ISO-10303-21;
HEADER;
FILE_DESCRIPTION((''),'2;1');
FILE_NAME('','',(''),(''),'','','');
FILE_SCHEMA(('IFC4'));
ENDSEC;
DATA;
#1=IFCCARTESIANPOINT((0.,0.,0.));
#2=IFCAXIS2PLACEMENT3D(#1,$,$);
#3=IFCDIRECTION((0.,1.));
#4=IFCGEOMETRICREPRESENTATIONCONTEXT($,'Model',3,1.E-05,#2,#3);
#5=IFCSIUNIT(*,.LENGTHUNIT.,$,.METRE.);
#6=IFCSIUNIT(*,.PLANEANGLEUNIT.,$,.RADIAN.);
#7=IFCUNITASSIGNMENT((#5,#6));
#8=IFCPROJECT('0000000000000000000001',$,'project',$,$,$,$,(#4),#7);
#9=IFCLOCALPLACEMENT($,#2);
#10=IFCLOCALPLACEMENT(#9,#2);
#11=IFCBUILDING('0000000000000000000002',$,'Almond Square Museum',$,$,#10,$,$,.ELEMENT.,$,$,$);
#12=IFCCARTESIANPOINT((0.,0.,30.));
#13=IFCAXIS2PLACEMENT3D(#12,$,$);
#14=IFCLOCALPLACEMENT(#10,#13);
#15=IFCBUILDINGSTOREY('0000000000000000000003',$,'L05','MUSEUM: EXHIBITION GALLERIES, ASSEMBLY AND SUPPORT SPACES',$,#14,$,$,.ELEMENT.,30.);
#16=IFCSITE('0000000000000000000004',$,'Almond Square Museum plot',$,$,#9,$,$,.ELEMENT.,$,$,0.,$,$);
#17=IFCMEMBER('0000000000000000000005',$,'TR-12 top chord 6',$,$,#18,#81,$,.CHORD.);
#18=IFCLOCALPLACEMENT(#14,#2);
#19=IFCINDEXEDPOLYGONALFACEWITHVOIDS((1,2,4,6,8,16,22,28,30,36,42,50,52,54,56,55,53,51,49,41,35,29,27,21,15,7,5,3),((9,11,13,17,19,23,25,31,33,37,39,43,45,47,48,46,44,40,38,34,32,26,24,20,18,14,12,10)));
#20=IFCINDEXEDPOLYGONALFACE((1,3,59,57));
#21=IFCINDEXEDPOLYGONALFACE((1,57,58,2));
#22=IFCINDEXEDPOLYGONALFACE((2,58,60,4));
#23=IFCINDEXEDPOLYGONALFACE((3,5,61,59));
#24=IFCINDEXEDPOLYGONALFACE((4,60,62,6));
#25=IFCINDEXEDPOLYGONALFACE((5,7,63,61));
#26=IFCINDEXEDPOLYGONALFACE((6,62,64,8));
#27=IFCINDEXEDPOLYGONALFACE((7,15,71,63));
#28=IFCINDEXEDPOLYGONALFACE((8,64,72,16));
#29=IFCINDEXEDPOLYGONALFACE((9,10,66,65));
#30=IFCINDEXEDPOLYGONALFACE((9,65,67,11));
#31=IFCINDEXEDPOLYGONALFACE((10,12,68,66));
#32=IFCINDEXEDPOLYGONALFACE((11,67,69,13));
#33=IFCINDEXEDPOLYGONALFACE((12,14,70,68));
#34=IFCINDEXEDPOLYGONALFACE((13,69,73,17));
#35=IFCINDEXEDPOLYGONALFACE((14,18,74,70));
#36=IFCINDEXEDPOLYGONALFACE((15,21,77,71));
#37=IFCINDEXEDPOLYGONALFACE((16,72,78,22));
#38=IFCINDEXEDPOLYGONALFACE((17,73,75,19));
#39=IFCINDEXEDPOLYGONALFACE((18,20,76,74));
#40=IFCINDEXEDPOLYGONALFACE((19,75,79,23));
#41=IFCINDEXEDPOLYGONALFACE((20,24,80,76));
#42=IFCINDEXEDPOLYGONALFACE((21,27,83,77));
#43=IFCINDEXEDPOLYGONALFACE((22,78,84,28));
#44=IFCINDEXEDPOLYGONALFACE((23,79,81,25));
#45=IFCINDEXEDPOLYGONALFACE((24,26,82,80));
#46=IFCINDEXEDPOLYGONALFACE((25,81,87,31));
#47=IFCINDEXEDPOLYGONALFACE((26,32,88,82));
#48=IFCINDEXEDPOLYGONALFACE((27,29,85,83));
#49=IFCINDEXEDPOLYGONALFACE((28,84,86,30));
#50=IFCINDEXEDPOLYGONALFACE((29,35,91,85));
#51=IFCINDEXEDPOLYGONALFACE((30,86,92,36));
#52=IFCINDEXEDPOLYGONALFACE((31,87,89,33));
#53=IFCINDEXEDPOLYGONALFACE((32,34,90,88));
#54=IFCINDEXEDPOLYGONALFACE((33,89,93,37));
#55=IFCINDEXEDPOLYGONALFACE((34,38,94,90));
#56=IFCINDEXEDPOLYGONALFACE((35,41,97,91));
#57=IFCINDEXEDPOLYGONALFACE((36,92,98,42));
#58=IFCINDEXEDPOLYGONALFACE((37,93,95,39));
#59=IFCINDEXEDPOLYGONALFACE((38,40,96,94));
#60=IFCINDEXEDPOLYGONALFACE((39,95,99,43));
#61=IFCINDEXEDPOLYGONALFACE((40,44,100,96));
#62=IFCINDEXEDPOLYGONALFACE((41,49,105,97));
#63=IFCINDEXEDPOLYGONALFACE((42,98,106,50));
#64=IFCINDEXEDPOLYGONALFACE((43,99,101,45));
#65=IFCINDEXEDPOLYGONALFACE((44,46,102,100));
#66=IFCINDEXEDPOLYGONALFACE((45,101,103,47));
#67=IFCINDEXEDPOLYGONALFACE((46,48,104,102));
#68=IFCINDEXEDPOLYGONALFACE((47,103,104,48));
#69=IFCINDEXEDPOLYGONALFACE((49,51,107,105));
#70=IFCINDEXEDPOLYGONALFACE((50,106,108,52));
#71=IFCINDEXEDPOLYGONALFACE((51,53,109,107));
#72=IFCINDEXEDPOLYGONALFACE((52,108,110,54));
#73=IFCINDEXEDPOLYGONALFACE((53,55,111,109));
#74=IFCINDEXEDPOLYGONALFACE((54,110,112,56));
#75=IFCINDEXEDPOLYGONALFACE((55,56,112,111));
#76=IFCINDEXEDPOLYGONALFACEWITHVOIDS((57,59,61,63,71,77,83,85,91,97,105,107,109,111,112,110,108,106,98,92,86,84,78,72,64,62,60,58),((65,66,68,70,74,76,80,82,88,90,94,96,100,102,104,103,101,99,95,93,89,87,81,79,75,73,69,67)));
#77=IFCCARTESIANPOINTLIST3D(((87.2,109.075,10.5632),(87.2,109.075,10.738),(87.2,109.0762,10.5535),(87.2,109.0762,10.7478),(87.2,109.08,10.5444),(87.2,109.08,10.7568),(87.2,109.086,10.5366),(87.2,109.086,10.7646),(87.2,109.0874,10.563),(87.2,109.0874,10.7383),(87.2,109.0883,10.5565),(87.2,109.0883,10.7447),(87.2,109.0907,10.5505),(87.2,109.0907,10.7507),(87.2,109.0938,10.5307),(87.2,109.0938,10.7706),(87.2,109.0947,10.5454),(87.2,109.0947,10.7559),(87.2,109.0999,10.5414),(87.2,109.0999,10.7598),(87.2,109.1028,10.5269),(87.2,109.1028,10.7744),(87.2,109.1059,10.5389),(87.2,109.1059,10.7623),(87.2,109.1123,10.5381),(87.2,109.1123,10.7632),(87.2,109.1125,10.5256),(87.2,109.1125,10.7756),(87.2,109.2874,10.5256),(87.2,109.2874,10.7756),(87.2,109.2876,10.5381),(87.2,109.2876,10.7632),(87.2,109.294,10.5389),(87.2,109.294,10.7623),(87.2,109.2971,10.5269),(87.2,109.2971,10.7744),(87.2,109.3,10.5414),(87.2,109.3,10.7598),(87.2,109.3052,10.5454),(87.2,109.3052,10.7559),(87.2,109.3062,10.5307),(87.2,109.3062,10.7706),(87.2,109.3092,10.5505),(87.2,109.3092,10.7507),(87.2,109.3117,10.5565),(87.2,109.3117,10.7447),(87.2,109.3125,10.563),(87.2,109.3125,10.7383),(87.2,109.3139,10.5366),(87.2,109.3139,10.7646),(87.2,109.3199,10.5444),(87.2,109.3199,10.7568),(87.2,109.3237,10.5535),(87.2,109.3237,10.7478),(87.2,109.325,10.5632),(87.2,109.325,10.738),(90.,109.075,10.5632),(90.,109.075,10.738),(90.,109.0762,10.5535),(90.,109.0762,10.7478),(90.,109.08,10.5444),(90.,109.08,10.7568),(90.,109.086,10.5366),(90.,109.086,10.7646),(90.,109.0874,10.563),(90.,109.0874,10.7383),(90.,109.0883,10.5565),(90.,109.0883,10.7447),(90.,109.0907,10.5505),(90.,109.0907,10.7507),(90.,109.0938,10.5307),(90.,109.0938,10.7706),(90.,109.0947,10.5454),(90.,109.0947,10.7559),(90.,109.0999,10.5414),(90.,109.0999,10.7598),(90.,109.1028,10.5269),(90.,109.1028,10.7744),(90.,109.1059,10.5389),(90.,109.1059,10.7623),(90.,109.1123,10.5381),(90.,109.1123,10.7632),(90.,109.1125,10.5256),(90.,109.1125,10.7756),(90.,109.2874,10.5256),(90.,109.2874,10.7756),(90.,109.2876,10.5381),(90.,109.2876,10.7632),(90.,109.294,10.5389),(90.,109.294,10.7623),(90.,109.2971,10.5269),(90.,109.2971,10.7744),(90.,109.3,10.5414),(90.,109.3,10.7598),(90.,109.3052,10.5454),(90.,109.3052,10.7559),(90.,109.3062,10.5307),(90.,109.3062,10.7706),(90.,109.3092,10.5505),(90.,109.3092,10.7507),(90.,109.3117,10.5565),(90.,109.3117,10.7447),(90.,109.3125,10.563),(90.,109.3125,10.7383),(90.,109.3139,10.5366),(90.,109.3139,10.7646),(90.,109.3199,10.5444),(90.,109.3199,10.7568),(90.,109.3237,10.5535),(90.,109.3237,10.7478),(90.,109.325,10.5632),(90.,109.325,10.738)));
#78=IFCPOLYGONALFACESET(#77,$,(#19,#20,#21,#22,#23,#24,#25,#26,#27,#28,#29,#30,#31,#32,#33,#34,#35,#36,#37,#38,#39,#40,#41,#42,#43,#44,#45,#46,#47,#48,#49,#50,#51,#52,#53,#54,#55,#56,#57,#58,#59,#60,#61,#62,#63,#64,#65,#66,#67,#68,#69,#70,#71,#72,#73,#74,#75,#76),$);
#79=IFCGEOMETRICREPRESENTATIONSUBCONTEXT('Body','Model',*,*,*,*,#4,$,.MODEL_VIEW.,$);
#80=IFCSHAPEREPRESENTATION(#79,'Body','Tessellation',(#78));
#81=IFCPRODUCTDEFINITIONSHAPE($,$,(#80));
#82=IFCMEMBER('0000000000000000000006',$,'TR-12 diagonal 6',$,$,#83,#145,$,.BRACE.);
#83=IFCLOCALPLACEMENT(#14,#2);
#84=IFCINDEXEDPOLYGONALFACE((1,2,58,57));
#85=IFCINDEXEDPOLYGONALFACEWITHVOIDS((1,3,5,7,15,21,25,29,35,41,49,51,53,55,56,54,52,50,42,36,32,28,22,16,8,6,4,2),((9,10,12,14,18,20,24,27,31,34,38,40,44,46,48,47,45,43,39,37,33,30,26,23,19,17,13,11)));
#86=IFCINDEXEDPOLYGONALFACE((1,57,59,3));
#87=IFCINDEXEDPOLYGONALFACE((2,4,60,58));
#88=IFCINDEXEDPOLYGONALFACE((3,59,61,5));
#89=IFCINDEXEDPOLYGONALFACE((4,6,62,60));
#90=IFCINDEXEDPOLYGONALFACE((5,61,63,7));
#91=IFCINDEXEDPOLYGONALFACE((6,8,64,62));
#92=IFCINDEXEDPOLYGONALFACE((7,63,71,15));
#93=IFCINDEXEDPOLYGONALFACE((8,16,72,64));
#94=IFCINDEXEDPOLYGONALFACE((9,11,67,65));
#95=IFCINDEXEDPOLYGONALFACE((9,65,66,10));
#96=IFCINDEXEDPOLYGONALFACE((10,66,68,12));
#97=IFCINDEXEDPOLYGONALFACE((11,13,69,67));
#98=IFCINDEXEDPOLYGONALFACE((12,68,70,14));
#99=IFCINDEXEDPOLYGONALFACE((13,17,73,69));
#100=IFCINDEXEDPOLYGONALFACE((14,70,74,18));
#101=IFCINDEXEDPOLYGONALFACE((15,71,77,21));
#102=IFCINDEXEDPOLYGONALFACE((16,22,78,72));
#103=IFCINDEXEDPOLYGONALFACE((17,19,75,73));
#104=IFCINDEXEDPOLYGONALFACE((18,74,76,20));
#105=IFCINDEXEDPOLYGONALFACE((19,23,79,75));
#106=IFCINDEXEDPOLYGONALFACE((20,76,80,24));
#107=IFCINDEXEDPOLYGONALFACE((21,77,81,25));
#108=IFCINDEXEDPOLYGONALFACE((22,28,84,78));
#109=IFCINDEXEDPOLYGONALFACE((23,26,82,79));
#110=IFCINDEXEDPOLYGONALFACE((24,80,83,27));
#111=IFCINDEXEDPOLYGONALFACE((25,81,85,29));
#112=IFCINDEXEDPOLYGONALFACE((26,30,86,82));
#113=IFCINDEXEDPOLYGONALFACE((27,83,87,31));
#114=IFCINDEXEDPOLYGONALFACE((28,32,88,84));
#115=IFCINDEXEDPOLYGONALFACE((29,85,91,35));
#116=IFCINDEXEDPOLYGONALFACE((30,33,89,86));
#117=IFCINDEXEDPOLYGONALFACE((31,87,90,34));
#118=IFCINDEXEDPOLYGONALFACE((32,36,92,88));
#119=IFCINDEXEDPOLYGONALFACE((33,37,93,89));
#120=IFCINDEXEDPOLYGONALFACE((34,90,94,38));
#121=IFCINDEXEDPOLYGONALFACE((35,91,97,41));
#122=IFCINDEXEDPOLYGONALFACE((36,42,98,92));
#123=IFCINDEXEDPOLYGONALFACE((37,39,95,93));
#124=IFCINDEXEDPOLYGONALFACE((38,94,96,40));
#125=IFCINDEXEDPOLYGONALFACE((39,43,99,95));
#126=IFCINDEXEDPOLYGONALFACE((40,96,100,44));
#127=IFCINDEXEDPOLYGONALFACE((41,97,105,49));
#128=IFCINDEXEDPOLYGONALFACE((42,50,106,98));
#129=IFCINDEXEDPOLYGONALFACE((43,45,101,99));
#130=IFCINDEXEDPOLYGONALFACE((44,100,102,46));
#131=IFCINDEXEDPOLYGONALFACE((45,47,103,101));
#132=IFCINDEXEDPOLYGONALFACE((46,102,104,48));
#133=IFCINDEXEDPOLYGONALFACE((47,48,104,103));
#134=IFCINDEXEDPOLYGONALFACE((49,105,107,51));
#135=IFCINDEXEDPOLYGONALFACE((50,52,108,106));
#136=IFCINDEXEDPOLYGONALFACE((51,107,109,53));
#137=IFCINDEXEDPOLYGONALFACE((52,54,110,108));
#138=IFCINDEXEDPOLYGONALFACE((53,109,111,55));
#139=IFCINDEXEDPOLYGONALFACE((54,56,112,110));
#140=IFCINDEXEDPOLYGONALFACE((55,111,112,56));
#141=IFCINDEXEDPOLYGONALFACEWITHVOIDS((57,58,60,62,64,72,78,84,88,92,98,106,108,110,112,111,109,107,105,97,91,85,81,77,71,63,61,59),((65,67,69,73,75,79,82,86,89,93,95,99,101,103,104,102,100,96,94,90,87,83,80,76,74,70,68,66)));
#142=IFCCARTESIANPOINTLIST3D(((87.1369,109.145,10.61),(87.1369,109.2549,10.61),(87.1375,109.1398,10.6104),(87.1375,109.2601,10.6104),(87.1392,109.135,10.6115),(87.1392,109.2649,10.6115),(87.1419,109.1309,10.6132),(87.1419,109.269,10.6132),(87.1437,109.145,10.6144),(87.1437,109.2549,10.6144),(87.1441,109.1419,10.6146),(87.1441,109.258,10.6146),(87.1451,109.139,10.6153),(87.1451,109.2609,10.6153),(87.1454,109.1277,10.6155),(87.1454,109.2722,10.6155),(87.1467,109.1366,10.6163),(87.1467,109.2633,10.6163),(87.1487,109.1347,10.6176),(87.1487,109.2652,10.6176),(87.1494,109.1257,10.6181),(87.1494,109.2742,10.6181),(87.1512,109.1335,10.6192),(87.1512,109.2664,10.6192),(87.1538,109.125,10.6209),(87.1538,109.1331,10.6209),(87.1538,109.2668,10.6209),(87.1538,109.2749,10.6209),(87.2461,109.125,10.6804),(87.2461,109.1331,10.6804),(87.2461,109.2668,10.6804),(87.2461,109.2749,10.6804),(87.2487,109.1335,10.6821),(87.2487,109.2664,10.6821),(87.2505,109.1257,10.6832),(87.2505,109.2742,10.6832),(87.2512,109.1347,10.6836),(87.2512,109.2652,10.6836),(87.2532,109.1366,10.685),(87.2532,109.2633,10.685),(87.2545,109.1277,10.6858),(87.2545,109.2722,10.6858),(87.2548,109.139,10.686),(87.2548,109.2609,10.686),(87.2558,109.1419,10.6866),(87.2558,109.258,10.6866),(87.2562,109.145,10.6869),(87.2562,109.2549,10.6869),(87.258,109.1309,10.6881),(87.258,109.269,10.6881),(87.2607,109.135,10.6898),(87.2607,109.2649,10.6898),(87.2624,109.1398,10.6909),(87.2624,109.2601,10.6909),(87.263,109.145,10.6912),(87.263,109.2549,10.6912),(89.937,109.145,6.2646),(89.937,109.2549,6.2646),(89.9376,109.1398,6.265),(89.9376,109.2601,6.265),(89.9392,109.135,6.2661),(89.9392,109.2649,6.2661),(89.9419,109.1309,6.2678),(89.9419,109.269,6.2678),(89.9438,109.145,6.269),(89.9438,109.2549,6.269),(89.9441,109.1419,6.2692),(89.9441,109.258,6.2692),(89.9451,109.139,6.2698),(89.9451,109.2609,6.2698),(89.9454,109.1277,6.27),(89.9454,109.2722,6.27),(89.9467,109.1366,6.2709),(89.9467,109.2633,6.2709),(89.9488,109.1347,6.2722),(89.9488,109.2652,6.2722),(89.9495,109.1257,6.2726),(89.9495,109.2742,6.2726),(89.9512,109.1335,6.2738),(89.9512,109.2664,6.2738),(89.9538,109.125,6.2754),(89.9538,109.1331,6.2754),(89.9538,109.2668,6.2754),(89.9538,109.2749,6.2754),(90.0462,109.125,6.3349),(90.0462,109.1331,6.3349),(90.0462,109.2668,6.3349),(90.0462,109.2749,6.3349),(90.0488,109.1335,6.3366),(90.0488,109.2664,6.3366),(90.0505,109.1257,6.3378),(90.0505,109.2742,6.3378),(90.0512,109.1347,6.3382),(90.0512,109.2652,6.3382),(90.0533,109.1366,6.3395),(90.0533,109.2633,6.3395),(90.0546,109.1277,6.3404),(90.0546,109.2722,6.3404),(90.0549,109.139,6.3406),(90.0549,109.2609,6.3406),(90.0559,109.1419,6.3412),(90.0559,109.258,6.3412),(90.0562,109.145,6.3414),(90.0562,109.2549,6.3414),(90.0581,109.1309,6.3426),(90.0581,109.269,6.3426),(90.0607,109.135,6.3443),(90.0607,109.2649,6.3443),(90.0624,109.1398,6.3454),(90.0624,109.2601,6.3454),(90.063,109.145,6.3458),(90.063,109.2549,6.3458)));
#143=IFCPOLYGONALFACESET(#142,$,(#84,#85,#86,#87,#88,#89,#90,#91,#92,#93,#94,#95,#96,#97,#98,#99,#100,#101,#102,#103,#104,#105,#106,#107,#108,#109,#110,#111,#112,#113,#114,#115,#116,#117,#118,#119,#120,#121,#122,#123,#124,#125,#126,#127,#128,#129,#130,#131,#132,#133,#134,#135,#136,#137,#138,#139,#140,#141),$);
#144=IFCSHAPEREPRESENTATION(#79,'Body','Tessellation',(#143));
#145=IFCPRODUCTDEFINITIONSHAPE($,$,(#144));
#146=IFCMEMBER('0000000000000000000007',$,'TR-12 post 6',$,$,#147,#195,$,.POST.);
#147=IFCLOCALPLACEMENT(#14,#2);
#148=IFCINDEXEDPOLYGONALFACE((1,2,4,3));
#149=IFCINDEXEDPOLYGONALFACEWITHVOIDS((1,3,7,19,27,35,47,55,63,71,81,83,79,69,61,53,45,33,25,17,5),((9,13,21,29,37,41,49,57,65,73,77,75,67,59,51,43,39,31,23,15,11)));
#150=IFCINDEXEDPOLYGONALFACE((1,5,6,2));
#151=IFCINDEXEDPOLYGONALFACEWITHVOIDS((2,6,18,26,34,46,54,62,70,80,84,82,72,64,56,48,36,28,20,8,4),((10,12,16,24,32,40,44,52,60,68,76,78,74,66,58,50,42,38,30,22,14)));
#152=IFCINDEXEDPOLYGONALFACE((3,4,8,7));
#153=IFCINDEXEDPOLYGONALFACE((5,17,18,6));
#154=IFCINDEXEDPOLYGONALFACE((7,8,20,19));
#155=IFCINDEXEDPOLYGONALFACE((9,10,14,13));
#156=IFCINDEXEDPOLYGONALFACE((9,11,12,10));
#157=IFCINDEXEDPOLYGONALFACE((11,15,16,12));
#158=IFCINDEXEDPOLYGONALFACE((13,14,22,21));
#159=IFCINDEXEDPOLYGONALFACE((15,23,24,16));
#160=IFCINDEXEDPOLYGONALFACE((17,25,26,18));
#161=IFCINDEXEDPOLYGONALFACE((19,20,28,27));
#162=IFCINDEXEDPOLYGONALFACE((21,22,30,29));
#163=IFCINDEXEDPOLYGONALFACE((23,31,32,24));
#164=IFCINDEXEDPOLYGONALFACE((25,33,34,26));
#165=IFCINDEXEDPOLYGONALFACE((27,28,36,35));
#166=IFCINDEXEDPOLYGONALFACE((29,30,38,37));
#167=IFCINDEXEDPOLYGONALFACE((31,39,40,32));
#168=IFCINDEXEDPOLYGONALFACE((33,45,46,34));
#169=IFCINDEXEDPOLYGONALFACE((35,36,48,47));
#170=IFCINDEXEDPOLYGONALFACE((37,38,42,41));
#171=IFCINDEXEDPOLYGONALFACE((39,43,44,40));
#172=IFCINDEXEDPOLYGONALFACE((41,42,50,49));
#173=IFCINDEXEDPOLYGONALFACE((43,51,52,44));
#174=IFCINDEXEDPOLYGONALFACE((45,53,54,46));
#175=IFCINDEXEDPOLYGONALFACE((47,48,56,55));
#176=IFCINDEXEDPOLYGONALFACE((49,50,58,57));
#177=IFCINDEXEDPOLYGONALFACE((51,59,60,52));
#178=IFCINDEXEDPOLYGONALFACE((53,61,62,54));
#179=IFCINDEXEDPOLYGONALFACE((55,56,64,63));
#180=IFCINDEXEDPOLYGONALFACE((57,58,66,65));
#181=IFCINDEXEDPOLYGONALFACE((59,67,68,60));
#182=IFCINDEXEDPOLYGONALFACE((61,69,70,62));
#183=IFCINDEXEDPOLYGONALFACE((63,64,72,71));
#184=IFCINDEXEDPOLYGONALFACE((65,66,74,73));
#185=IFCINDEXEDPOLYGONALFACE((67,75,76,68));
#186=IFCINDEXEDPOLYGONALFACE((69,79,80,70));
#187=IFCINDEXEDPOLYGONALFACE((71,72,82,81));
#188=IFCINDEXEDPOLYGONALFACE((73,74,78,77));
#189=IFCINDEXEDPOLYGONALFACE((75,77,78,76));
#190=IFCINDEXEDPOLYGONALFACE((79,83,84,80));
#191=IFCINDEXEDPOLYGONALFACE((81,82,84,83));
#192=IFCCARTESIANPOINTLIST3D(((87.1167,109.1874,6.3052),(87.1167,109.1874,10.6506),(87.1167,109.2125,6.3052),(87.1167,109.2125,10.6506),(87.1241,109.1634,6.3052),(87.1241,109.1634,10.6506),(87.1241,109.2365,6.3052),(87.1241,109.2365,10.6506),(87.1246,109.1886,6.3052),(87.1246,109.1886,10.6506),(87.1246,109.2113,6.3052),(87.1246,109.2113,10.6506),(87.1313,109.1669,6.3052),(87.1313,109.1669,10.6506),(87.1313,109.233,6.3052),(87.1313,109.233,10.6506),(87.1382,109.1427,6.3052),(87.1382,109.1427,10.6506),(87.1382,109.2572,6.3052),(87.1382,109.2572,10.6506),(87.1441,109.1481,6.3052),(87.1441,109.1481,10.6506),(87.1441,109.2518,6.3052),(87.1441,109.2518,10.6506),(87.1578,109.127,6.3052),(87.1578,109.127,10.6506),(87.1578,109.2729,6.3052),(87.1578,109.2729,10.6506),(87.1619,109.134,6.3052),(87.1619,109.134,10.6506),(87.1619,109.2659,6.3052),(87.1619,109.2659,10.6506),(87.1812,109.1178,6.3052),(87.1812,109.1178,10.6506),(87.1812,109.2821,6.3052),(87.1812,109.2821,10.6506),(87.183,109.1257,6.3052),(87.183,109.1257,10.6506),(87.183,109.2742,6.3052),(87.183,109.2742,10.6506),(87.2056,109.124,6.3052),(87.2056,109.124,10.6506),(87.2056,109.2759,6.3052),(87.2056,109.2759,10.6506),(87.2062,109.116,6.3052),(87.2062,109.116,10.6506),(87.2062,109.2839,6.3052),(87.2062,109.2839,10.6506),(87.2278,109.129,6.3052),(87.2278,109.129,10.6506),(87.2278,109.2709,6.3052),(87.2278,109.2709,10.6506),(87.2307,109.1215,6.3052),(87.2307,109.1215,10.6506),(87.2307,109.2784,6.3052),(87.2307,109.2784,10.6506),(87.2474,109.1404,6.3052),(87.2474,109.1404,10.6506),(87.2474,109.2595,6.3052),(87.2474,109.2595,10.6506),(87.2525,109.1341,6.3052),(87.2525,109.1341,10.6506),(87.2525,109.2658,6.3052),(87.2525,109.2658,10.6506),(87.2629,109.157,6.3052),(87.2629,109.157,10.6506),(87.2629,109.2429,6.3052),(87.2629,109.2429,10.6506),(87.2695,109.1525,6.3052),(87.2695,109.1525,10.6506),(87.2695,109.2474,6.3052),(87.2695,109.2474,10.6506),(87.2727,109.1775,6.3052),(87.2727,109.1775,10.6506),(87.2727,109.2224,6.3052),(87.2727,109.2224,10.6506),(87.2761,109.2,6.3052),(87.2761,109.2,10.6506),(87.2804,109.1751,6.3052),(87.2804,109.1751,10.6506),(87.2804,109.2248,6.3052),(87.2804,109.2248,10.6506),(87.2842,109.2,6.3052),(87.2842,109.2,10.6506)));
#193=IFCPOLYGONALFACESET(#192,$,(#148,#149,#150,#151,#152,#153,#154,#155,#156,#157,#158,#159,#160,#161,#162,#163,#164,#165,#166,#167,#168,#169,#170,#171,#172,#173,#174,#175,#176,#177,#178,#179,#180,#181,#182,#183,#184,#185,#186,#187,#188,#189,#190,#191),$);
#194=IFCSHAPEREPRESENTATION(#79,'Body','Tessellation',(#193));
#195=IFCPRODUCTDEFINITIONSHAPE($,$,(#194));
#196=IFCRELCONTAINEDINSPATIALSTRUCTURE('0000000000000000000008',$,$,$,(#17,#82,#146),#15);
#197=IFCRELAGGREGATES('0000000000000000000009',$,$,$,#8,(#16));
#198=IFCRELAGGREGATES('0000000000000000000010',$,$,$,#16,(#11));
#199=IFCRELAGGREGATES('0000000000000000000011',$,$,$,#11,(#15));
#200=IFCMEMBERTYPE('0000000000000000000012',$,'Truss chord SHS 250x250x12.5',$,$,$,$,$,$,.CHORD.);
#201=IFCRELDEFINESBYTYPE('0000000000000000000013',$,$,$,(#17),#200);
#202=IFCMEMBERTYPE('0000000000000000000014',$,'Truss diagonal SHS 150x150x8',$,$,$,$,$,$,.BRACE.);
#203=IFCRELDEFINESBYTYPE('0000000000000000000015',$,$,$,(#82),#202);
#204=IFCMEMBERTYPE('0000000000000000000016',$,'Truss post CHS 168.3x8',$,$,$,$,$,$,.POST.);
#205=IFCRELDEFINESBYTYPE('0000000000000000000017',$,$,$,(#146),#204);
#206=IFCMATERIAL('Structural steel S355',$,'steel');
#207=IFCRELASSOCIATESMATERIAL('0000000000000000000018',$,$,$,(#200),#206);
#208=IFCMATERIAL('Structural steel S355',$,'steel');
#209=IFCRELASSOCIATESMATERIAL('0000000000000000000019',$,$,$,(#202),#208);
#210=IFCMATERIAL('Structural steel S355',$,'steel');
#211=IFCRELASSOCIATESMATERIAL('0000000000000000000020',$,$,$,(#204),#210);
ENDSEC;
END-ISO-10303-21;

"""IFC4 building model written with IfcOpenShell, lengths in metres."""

from ifc_helpers import new_model, si_unit, direction, frame, origin, origin_2d, place, context, subcontext, project, spatial, hollow_rectangle, hollow_circle, extrude, material, material_profile, profile_set, type_object, element, save


model = new_model("IFC4")

# Units and contexts
model_context = context("Model", 3, precision=1e-05, world=origin(), true_north=direction((0.0, 1.0)))
body_context = subcontext(model_context, "Body", "Model", "MODEL_VIEW")
ifc_project = project(units=[si_unit("LENGTHUNIT", "METRE"), si_unit("PLANEANGLEUNIT", "RADIAN")], contexts=[model_context])

# Site, building, storey
site_placement = place(None, origin())
site = spatial("IfcSite", under=ifc_project, at=site_placement, Name="Almond Square Museum plot", CompositionType="ELEMENT", RefElevation=0.0)
building_placement = place(site_placement, origin())
building = spatial("IfcBuilding", under=site, at=building_placement, Name="Almond Square Museum", CompositionType="ELEMENT")
storey_placement = place(building_placement, frame((0.0, 0.0, 30.0)))
storey = spatial("IfcBuildingStorey", under=building, at=storey_placement, Name="L05", Description="MUSEUM: EXHIBITION GALLERIES, ASSEMBLY AND SUPPORT SPACES", CompositionType="ELEMENT", Elevation=30.0)

# Members
ifc_material_1 = material(Name="Structural steel S355", Category="steel")
ifc_material_profile_1 = material_profile(ifc_material_1, hollow_rectangle(XDim=0.25, YDim=0.25, WallThickness=0.0125, InnerFilletRadius=0.0249, OuterFilletRadius=0.0376, at=origin_2d()))
ifc_profile_set_1 = profile_set([ifc_material_profile_1], Name="Structural steel S355")
member_type_1 = type_object("IfcMemberType", Name="Truss chord SHS 250x250x12.5", PredefinedType="CHORD", material=ifc_profile_set_1)
member_1_placement = place(storey_placement, frame((87.2, 109.2, 10.6506), z_axis=(1.0, 0.0, 0.0), x_axis=(0.0, 1.0, 0.0)))
element("IfcMember", 1, at=member_1_placement, inside=storey, type_object=member_type_1, Name="TR-12 top chord 6", PredefinedType="CHORD", context=body_context, shape_type="SweptSolid", body=[
    extrude(hollow_rectangle(XDim=0.25, YDim=0.25, WallThickness=0.0125, InnerFilletRadius=0.0249, OuterFilletRadius=0.0376, at=origin_2d()), origin(), (0.0, 0.0, 1.0), 2.8),
])
ifc_material_2 = material(Name="Structural steel S355", Category="steel")
ifc_material_profile_2 = material_profile(ifc_material_2, hollow_rectangle(XDim=0.1499, YDim=0.1499, WallThickness=0.0081, InnerFilletRadius=0.012, OuterFilletRadius=0.02, at=origin_2d()))
ifc_profile_set_2 = profile_set([ifc_material_profile_2], Name="Structural steel S355")
member_type_2 = type_object("IfcMemberType", Name="Truss diagonal SHS 150x150x8", PredefinedType="BRACE", material=ifc_profile_set_2)
member_2_placement = place(storey_placement, frame((87.2, 109.2, 10.6506), z_axis=(0.541652, 0.0, -0.840603), x_axis=(0.0, 1.0, 0.0)))
element("IfcMember", 2, at=member_2_placement, inside=storey, type_object=member_type_2, Name="TR-12 diagonal 6", PredefinedType="BRACE", context=body_context, shape_type="SweptSolid", body=[
    extrude(hollow_rectangle(XDim=0.1499, YDim=0.1499, WallThickness=0.0081, InnerFilletRadius=0.012, OuterFilletRadius=0.02, at=origin_2d()), origin(), (0.0, 0.0, 1.0), 5.1694),
])
ifc_material_3 = material(Name="Structural steel S355", Category="steel")
ifc_material_profile_3 = material_profile(ifc_material_3, hollow_circle(Radius=0.0842, WallThickness=0.0081, at=origin_2d()))
ifc_profile_set_3 = profile_set([ifc_material_profile_3], Name="Structural steel S355")
member_type_3 = type_object("IfcMemberType", Name="Truss post CHS 168.3x8", PredefinedType="POST", material=ifc_profile_set_3)
member_3_placement = place(storey_placement, frame((87.2, 109.2, 6.3052), z_axis=(0.0, 0.0, 1.0), x_axis=(1.0, 0.0, 0.0)))
element("IfcMember", 3, at=member_3_placement, inside=storey, type_object=member_type_3, Name="TR-12 post 6", PredefinedType="POST", context=body_context, shape_type="SweptSolid", body=[
    extrude(hollow_circle(Radius=0.0842, WallThickness=0.0081, at=origin_2d()), origin(), (0.0, 0.0, 1.0), 4.3455),
])

save(model, "model.ifc")
